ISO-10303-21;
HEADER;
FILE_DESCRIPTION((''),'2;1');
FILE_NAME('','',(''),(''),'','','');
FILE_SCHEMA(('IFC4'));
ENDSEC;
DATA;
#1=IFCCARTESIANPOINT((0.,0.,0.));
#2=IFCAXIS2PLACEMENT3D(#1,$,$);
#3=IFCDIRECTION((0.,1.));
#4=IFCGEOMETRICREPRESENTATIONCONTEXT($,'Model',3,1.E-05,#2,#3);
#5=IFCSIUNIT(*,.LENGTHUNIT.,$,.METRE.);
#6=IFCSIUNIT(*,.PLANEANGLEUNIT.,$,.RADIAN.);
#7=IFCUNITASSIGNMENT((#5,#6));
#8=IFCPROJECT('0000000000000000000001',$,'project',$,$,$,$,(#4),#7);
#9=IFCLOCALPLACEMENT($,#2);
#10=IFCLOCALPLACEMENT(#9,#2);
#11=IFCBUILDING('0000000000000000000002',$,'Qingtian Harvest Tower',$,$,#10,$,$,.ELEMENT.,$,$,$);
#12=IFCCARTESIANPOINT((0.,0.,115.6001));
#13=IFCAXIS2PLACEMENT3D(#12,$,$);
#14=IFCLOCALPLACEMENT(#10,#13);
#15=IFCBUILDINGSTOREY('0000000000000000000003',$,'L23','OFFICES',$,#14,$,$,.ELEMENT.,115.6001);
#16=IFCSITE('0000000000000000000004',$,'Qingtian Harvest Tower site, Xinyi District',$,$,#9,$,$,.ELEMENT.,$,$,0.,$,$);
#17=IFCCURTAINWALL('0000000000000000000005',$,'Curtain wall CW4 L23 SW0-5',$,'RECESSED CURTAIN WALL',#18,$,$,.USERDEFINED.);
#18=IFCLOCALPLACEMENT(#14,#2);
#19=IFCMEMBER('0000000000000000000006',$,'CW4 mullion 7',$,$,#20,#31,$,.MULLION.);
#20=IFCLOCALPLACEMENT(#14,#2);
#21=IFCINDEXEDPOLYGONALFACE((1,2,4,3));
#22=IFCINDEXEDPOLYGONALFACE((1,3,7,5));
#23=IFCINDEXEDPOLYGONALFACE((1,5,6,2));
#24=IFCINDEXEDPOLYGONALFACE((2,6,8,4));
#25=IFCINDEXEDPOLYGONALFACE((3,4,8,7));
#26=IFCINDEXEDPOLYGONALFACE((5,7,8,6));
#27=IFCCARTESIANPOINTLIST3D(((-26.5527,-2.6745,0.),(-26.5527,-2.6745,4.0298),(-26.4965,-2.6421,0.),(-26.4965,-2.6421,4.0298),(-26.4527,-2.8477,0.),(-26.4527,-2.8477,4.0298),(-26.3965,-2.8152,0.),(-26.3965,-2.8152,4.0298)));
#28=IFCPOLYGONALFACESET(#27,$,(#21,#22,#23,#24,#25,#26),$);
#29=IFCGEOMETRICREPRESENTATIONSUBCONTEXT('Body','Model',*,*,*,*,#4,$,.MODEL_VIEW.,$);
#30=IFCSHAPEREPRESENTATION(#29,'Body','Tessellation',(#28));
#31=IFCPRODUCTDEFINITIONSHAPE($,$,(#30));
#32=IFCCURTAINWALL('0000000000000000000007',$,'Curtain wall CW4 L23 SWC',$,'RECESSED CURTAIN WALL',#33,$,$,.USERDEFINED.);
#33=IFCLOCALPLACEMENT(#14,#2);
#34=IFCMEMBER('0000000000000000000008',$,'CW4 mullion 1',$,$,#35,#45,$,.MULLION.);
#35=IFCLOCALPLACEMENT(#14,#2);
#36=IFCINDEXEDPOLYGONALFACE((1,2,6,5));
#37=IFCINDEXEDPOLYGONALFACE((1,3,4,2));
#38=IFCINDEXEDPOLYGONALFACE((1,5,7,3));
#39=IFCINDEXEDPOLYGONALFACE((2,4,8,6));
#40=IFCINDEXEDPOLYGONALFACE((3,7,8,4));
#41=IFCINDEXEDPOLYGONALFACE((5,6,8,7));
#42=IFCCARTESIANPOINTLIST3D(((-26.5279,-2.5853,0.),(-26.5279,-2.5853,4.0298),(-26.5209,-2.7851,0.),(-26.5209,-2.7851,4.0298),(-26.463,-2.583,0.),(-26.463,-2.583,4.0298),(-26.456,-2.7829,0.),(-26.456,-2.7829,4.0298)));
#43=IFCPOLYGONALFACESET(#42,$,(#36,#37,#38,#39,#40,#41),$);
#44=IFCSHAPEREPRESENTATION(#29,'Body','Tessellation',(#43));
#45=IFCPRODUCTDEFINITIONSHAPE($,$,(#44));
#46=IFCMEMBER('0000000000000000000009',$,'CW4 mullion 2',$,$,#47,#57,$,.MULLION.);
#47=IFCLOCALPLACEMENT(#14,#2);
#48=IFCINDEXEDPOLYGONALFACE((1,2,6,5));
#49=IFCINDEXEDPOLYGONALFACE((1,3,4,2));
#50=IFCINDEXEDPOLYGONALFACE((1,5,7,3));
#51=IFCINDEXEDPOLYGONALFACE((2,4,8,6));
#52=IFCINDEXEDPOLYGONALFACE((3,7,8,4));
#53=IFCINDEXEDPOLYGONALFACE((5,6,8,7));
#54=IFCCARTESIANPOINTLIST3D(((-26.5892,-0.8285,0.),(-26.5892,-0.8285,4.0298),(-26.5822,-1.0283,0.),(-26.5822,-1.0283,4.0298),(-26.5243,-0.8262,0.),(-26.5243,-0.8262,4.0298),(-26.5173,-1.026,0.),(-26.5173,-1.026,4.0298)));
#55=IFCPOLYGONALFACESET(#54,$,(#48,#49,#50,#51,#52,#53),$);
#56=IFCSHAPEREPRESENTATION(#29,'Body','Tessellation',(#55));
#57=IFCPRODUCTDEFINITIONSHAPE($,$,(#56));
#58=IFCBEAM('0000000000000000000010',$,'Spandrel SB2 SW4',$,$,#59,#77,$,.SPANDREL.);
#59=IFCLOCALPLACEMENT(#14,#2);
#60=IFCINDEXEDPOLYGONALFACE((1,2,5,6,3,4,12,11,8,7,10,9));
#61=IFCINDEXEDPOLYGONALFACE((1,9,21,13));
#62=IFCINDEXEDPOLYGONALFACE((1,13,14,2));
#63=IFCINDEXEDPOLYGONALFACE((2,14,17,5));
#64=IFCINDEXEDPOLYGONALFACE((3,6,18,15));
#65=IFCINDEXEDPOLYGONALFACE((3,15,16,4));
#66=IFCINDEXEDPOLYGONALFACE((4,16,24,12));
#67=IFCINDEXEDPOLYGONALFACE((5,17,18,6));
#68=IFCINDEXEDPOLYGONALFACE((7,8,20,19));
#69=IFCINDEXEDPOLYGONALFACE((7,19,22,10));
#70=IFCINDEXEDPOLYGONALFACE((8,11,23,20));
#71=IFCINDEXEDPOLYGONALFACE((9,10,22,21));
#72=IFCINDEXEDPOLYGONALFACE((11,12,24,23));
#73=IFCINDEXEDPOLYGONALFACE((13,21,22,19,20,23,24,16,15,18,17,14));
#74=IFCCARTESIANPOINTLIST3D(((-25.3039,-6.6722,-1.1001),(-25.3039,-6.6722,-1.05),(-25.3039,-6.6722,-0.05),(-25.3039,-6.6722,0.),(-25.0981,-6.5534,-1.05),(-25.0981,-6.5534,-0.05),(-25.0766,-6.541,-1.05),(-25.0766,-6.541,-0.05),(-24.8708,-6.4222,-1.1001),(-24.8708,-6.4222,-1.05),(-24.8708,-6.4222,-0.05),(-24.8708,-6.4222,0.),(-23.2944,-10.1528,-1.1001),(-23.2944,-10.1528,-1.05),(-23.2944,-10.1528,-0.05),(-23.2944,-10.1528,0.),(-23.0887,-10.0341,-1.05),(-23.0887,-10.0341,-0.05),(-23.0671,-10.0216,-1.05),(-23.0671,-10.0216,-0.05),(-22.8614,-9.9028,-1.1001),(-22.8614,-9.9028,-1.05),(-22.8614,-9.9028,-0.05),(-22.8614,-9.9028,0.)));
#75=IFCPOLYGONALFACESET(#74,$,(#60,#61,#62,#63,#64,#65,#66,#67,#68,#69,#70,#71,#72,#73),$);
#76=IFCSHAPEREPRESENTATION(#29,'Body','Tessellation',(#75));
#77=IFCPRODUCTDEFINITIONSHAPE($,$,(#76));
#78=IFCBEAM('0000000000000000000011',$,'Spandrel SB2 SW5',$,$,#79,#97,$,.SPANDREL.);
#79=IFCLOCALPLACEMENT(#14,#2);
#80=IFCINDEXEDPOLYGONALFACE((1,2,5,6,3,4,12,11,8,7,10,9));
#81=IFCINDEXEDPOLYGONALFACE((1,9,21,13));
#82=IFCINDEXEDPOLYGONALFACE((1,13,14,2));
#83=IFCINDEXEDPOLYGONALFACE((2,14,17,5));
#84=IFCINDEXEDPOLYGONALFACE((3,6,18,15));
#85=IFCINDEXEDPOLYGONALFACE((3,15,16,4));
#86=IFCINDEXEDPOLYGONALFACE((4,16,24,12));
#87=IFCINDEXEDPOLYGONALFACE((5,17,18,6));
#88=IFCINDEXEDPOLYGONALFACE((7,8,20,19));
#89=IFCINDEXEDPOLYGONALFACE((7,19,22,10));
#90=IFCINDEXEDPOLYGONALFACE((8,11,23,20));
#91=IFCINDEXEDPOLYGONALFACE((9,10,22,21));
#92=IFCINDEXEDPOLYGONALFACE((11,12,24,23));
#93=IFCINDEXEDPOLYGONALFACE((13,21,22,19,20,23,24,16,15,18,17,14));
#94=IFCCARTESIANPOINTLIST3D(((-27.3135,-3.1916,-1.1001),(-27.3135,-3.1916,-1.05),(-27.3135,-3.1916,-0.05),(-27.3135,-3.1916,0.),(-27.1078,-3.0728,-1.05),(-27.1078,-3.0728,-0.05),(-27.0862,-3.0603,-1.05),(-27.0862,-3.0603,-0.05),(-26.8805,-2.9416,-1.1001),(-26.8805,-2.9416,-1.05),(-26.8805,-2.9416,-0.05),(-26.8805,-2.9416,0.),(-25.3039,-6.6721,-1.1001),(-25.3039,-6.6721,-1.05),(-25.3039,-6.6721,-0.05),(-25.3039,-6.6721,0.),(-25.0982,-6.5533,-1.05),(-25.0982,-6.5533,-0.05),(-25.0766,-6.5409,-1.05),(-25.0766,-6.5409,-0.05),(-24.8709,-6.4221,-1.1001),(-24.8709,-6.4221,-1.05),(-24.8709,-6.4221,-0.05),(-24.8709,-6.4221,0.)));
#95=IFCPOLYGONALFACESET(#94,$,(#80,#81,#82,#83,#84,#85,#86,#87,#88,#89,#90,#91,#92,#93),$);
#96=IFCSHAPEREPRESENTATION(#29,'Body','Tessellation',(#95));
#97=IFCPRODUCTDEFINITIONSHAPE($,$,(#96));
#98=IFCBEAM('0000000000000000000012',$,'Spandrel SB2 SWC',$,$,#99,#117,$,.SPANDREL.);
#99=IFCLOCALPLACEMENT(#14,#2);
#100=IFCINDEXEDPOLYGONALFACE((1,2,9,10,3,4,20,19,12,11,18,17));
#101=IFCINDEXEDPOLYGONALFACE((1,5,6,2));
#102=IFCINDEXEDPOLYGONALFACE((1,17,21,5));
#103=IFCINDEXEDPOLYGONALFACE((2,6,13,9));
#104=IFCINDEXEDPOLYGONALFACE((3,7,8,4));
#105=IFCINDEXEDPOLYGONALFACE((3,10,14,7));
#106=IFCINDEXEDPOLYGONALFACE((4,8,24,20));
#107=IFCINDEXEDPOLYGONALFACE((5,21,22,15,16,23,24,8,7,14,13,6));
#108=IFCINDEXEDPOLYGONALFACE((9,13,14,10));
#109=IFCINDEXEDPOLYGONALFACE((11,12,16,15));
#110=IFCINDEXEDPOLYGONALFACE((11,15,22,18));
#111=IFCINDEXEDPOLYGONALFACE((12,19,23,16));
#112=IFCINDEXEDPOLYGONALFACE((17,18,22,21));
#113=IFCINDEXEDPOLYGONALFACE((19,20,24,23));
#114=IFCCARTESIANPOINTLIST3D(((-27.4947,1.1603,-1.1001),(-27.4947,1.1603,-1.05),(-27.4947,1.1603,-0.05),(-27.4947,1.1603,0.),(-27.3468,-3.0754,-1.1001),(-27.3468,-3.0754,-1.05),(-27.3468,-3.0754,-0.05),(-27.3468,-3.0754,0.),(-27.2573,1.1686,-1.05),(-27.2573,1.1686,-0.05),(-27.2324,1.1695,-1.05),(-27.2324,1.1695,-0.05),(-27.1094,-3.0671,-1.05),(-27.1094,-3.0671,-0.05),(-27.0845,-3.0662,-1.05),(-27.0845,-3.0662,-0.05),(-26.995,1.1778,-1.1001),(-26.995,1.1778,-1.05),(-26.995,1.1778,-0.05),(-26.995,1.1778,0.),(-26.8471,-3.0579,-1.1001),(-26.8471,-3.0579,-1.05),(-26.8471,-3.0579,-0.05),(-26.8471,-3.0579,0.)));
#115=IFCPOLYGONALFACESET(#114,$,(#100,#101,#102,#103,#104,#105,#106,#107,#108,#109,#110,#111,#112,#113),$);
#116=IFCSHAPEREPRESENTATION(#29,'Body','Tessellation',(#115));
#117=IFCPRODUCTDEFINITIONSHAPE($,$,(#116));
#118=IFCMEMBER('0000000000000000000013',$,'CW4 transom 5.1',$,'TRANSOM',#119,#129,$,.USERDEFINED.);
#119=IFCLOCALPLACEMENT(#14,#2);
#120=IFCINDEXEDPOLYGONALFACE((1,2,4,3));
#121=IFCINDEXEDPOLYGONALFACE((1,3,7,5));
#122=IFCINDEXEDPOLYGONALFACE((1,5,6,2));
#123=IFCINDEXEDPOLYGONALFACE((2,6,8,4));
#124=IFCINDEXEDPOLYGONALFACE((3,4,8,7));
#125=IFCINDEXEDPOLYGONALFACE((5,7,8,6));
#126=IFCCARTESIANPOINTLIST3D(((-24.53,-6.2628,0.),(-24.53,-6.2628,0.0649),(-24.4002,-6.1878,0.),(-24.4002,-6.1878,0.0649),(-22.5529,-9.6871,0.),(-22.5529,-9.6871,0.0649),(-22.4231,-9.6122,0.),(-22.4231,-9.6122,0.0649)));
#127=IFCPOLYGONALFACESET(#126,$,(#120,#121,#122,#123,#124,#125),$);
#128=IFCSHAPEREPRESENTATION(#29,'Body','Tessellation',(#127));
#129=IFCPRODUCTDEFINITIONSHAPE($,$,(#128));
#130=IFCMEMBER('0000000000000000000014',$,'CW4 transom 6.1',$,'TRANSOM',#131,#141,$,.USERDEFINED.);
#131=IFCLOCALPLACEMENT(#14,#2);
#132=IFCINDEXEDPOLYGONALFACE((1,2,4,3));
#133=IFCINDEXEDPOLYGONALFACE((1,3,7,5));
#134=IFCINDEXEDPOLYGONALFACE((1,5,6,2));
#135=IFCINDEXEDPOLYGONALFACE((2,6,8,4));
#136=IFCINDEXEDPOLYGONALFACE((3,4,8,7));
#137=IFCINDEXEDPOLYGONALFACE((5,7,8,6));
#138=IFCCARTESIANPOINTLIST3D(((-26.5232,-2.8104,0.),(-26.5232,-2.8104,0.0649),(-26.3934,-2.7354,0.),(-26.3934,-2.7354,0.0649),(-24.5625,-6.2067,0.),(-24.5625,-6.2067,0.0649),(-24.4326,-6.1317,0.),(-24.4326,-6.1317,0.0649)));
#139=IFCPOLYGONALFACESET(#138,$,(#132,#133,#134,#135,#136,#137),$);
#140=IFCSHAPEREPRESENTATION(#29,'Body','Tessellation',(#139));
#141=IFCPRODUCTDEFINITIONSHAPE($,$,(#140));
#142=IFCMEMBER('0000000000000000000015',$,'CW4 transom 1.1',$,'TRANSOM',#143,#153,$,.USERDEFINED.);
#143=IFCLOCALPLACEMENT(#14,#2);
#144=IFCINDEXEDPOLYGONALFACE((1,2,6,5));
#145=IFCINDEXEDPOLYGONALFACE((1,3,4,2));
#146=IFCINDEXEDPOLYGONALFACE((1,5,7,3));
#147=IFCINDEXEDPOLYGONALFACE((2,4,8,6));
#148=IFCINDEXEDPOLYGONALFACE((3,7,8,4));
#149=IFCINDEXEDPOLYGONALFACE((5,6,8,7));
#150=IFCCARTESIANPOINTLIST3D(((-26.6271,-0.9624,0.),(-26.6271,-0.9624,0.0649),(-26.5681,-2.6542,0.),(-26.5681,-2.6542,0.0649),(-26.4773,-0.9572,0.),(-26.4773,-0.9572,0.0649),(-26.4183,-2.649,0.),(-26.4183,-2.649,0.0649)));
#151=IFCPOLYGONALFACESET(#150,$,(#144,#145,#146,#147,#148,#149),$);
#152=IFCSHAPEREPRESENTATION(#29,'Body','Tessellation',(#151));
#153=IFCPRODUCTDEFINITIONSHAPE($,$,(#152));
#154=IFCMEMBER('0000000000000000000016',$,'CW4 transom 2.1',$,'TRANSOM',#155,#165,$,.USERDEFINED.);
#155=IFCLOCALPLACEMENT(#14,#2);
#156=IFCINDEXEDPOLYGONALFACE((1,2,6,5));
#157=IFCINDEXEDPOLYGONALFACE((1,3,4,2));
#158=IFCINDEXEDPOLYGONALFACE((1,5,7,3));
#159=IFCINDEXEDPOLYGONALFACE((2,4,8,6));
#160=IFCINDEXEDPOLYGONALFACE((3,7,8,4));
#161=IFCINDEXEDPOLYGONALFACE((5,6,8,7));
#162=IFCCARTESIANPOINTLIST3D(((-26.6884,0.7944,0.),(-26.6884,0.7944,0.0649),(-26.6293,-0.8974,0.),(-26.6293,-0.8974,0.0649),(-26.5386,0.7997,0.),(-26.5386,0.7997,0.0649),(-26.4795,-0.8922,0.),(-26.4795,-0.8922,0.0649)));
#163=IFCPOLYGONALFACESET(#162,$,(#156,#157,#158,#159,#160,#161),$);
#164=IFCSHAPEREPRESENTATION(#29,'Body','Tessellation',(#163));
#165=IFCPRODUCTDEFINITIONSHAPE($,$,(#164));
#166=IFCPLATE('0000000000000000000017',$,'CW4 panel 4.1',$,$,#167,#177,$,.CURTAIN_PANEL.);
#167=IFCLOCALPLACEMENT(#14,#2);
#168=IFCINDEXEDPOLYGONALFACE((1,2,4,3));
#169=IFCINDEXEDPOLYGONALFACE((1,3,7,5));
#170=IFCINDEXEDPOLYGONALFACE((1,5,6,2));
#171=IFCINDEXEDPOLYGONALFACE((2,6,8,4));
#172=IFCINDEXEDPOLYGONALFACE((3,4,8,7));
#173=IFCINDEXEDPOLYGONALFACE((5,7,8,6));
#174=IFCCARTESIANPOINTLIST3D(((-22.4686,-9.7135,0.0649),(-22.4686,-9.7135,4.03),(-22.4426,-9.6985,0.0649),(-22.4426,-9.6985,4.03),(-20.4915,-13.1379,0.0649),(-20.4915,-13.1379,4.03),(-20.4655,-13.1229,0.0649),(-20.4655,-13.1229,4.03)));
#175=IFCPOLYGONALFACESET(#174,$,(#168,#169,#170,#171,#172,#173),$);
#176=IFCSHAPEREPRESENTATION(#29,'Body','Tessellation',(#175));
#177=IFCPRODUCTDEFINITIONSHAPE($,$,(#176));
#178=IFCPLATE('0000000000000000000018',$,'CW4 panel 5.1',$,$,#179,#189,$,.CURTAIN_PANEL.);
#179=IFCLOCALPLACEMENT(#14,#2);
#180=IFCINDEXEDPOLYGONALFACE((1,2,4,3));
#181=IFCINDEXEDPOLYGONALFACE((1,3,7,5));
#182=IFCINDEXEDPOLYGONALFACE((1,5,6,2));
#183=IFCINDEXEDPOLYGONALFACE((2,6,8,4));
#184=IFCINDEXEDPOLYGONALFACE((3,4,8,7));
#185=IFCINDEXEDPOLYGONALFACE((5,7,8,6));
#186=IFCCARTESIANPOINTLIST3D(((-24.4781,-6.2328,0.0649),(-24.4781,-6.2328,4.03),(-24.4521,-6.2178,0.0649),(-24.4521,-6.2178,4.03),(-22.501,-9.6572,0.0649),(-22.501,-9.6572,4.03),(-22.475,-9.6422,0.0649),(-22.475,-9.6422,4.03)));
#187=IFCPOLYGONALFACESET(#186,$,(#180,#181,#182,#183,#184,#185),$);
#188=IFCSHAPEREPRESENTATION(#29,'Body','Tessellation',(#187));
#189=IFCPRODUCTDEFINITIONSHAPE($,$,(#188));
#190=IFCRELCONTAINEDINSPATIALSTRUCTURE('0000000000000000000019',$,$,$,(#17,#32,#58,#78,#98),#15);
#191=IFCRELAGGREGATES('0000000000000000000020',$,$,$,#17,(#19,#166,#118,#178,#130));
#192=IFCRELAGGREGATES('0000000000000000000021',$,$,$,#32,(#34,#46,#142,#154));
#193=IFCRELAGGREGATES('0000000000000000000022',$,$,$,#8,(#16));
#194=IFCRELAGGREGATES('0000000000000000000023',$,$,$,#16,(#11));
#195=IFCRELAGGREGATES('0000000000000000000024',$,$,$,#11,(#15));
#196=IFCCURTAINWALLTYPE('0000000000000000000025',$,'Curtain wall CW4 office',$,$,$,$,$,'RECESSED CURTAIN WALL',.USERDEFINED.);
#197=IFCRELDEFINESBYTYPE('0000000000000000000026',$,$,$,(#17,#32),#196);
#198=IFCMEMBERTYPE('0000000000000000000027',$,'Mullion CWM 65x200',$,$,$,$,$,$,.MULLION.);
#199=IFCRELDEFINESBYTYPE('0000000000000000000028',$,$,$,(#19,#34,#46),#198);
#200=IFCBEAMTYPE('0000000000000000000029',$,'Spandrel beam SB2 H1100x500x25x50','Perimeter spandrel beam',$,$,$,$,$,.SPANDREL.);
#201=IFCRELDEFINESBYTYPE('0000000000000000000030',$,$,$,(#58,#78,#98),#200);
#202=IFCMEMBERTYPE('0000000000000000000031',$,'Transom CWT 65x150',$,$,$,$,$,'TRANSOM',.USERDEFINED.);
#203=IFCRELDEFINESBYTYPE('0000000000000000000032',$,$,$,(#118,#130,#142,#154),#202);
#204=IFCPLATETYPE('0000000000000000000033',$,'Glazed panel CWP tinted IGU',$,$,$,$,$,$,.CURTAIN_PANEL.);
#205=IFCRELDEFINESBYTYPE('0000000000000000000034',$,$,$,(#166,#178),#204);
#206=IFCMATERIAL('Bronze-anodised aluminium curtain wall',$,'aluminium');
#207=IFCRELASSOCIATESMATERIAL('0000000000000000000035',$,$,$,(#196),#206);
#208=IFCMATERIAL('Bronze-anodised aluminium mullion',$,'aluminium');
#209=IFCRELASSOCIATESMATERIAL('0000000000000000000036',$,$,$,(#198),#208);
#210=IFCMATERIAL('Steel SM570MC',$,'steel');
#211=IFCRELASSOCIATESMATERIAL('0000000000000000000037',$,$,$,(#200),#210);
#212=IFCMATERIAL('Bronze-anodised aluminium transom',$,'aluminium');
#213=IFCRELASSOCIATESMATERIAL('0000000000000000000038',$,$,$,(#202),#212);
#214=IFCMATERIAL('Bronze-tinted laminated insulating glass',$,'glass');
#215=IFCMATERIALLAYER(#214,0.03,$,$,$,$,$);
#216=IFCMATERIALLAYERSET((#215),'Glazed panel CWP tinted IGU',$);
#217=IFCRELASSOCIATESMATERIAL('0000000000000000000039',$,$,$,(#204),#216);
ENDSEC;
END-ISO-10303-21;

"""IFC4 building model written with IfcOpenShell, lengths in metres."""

from ifc_helpers import new_model, si_unit, direction, frame, origin, origin_2d, place, context, subcontext, project, spatial, rectangle, i_section, extrude, material, layer, layer_set, material_profile, profile_set, type_object, element, aggregate, save


model = new_model("IFC4")

# Units and contexts
model_context = context("Model", 3, precision=1e-05, world=origin(), true_north=direction((0.0, 1.0)))
body_context = subcontext(model_context, "Body", "Model", "MODEL_VIEW")
ifc_project = project(units=[si_unit("LENGTHUNIT", "METRE"), si_unit("PLANEANGLEUNIT", "RADIAN")], contexts=[model_context])

# Site, building, storey
site_placement = place(None, origin())
site = spatial("IfcSite", under=ifc_project, at=site_placement, Name="Qingtian Harvest Tower site, Xinyi District", CompositionType="ELEMENT", RefElevation=0.0)
building_placement = place(site_placement, origin())
building = spatial("IfcBuilding", under=site, at=building_placement, Name="Qingtian Harvest Tower", CompositionType="ELEMENT")
storey_placement = place(building_placement, frame((0.0, 0.0, 115.6001)))
storey = spatial("IfcBuildingStorey", under=building, at=storey_placement, Name="L23", Description="OFFICES", CompositionType="ELEMENT", Elevation=115.6001)

# Curtain walls, members
ifc_material_1 = material(Name="Bronze-anodised aluminium curtain wall", Category="aluminium")
curtain_wall_type = type_object("IfcCurtainWallType", Name="Curtain wall CW4 office", ElementType="RECESSED CURTAIN WALL", PredefinedType="USERDEFINED", material=ifc_material_1)
curtain_wall_1_placement = place(storey_placement, origin())
curtain_wall_1 = element("IfcCurtainWall", 1, at=curtain_wall_1_placement, inside=storey, type_object=curtain_wall_type, Name="Curtain wall CW4 L23 SW0-5", ObjectType="RECESSED CURTAIN WALL", PredefinedType="USERDEFINED")
ifc_material_2 = material(Name="Bronze-anodised aluminium mullion", Category="aluminium")
ifc_material_profile_1 = material_profile(ifc_material_2, rectangle(XDim=0.0649, YDim=0.2, at=origin_2d()), Name="AL 65x200")
ifc_profile_set_1 = profile_set([ifc_material_profile_1], Name="Bronze-anodised aluminium mullion")
member_type_1 = type_object("IfcMemberType", Name="Mullion CWM 65x200", PredefinedType="MULLION", material=ifc_profile_set_1)
member_1_placement = place(storey_placement, frame((-26.4746, -2.7449, 0.0), z_axis=(0.0, 0.0, 1.0), x_axis=(-0.866025, -0.5, 0.0)))
member_1 = element("IfcMember", 2, at=member_1_placement, type_object=member_type_1, Name="CW4 mullion 7", PredefinedType="MULLION", context=body_context, shape_type="SweptSolid", body=[
    extrude(rectangle(XDim=0.0649, YDim=0.2, at=origin_2d()), origin(), (0.0, 0.0, 1.0), 4.0298),
])
curtain_wall_2_placement = place(storey_placement, origin())
curtain_wall_2 = element("IfcCurtainWall", 3, at=curtain_wall_2_placement, inside=storey, type_object=curtain_wall_type, Name="Curtain wall CW4 L23 SWC", ObjectType="RECESSED CURTAIN WALL", PredefinedType="USERDEFINED")
member_2_placement = place(storey_placement, frame((-26.4919, -2.6841, 0.0), z_axis=(0.0, 0.0, 1.0), x_axis=(-0.999391, -0.034899, 0.0)))
member_2 = element("IfcMember", 4, at=member_2_placement, type_object=member_type_1, Name="CW4 mullion 1", PredefinedType="MULLION", context=body_context, shape_type="SweptSolid", body=[
    extrude(rectangle(XDim=0.0649, YDim=0.2, at=origin_2d()), origin(), (0.0, 0.0, 1.0), 4.0298),
])
member_3_placement = place(storey_placement, frame((-26.5532, -0.9272, 0.0), z_axis=(0.0, 0.0, 1.0), x_axis=(-0.999391, -0.034899, 0.0)))
member_3 = element("IfcMember", 5, at=member_3_placement, type_object=member_type_1, Name="CW4 mullion 2", PredefinedType="MULLION", context=body_context, shape_type="SweptSolid", body=[
    extrude(rectangle(XDim=0.0649, YDim=0.2, at=origin_2d()), origin(), (0.0, 0.0, 1.0), 4.0298),
])

# Beams
ifc_material_3 = material(Name="Steel SM570MC", Category="steel")
ifc_material_profile_2 = material_profile(ifc_material_3, i_section(OverallWidth=0.5, OverallDepth=1.1001, WebThickness=0.0249, FlangeThickness=0.05, at=origin_2d()), Name="H1100x500x25x50")
ifc_profile_set_2 = profile_set([ifc_material_profile_2], Name="Steel SM570MC")
beam_type_1 = type_object("IfcBeamType", Name="Spandrel beam SB2 H1100x500x25x50", Description="Perimeter spandrel beam", PredefinedType="SPANDREL", material=ifc_profile_set_2)
for number, where, z_axis, x_axis, name in (
    (6, (-23.0779, -10.0278, -0.55), (-0.499987, 0.866033, 0.0), (-0.866033, -0.499987, 0.0), "Spandrel SB2 SW4"),
    (7, (-25.0874, -6.5471, -0.55), (-0.500013, 0.866018, 0.0), (-0.866018, -0.500013, 0.0), "Spandrel SB2 SW5"),
):
    element("IfcBeam", number, at=place(storey_placement, frame(where, z_axis=z_axis, x_axis=x_axis)), inside=storey, type_object=beam_type_1, Name=name, PredefinedType="SPANDREL", context=body_context, shape_type="SweptSolid", body=[
        extrude(i_section(OverallWidth=0.5, OverallDepth=1.1001, WebThickness=0.0249, FlangeThickness=0.05, at=origin_2d()), origin(), (0.0, 0.0, 1.0), 4.019),
    ])
beam_1_placement = place(storey_placement, frame((-27.0969, -3.0667, -0.55), z_axis=(-0.034909, 0.999391, 0.0), x_axis=(-0.999391, -0.034909, 0.0)))
element("IfcBeam", 8, at=beam_1_placement, inside=storey, type_object=beam_type_1, Name="Spandrel SB2 SWC", PredefinedType="SPANDREL", context=body_context, shape_type="SweptSolid", body=[
    extrude(i_section(OverallWidth=0.5, OverallDepth=1.1001, WebThickness=0.0249, FlangeThickness=0.05, at=origin_2d()), origin(), (0.0, 0.0, 1.0), 4.2383),
])

# Members
ifc_material_4 = material(Name="Bronze-anodised aluminium transom", Category="aluminium")
ifc_material_profile_3 = material_profile(ifc_material_4, rectangle(XDim=0.1499, YDim=0.0649, at=origin_2d()), Name="AL 65x150")
ifc_profile_set_3 = profile_set([ifc_material_profile_3], Name="Bronze-anodised aluminium transom")
member_type_2 = type_object("IfcMemberType", Name="Transom CWT 65x150", ElementType="TRANSOM", PredefinedType="USERDEFINED", material=ifc_profile_set_3)
member_4_placement = place(storey_placement, frame((-22.488, -9.6497, 0.0325), z_axis=(-0.500004, 0.866023, 0.0), x_axis=(-0.866023, -0.500004, 0.0)))
member_4 = element("IfcMember", 9, at=member_4_placement, type_object=member_type_2, Name="CW4 transom 5.1", ObjectType="TRANSOM", PredefinedType="USERDEFINED", context=body_context, shape_type="SweptSolid", body=[
    extrude(rectangle(XDim=0.1499, YDim=0.0649, at=origin_2d()), origin(), (0.0, 0.0, 1.0), 3.9541),
])
member_5_placement = place(storey_placement, frame((-24.4976, -6.1692, 0.0325), z_axis=(-0.499976, 0.866039, 0.0), x_axis=(-0.866039, -0.499976, 0.0)))
member_5 = element("IfcMember", 10, at=member_5_placement, type_object=member_type_2, Name="CW4 transom 6.1", ObjectType="TRANSOM", PredefinedType="USERDEFINED", context=body_context, shape_type="SweptSolid", body=[
    extrude(rectangle(XDim=0.1499, YDim=0.0649, at=origin_2d()), origin(), (0.0, 0.0, 1.0), 3.9216),
])
member_6_placement = place(storey_placement, frame((-26.4932, -2.6516, 0.0325), z_axis=(-0.034899, 0.999391, 0.0), x_axis=(-0.999391, -0.034899, 0.0)))
member_6 = element("IfcMember", 11, at=member_6_placement, type_object=member_type_2, Name="CW4 transom 1.1", ObjectType="TRANSOM", PredefinedType="USERDEFINED", context=body_context, shape_type="SweptSolid", body=[
    extrude(rectangle(XDim=0.1499, YDim=0.0649, at=origin_2d()), origin(), (0.0, 0.0, 1.0), 1.6929),
])
member_7_placement = place(storey_placement, frame((-26.5544, -0.8948, 0.0325), z_axis=(-0.034899, 0.999391, 0.0), x_axis=(-0.999391, -0.034899, 0.0)))
member_7 = element("IfcMember", 12, at=member_7_placement, type_object=member_type_2, Name="CW4 transom 2.1", ObjectType="TRANSOM", PredefinedType="USERDEFINED", context=body_context, shape_type="SweptSolid", body=[
    extrude(rectangle(XDim=0.1499, YDim=0.0649, at=origin_2d()), origin(), (0.0, 0.0, 1.0), 1.6929),
])

# Plates
ifc_material_5 = material(Name="Bronze-tinted laminated insulating glass", Category="glass")
ifc_layer_1 = layer(ifc_material_5, 0.03)
ifc_layer_set_1 = layer_set([ifc_layer_1], Name="Glazed panel CWP tinted IGU")
plate_type = type_object("IfcPlateType", Name="Glazed panel CWP tinted IGU", PredefinedType="CURTAIN_PANEL", material=ifc_layer_set_1)
plate_1_placement = place(storey_placement, frame((-21.467, -11.4182, 0.0649), z_axis=(0.0, 0.0, 1.0), x_axis=(-0.5, 0.866025, 0.0)))
plate_1 = element("IfcPlate", 13, at=plate_1_placement, type_object=plate_type, Name="CW4 panel 4.1", PredefinedType="CURTAIN_PANEL", context=body_context, shape_type="SweptSolid", body=[
    extrude(rectangle(XDim=3.9541, YDim=0.03, at=origin_2d()), origin(), (0.0, 0.0, 1.0), 3.9651),
])
plate_2_placement = place(storey_placement, frame((-23.4766, -7.9375, 0.0649), z_axis=(0.0, 0.0, 1.0), x_axis=(-0.5, 0.866025, 0.0)))
plate_2 = element("IfcPlate", 14, at=plate_2_placement, type_object=plate_type, Name="CW4 panel 5.1", PredefinedType="CURTAIN_PANEL", context=body_context, shape_type="SweptSolid", body=[
    extrude(rectangle(XDim=3.9541, YDim=0.03, at=origin_2d()), origin(), (0.0, 0.0, 1.0), 3.9651),
])
aggregate(curtain_wall_1, [member_1, plate_1, member_4, plate_2, member_5])
aggregate(curtain_wall_2, [member_2, member_3, member_6, member_7])

save(model, "model.ifc")
